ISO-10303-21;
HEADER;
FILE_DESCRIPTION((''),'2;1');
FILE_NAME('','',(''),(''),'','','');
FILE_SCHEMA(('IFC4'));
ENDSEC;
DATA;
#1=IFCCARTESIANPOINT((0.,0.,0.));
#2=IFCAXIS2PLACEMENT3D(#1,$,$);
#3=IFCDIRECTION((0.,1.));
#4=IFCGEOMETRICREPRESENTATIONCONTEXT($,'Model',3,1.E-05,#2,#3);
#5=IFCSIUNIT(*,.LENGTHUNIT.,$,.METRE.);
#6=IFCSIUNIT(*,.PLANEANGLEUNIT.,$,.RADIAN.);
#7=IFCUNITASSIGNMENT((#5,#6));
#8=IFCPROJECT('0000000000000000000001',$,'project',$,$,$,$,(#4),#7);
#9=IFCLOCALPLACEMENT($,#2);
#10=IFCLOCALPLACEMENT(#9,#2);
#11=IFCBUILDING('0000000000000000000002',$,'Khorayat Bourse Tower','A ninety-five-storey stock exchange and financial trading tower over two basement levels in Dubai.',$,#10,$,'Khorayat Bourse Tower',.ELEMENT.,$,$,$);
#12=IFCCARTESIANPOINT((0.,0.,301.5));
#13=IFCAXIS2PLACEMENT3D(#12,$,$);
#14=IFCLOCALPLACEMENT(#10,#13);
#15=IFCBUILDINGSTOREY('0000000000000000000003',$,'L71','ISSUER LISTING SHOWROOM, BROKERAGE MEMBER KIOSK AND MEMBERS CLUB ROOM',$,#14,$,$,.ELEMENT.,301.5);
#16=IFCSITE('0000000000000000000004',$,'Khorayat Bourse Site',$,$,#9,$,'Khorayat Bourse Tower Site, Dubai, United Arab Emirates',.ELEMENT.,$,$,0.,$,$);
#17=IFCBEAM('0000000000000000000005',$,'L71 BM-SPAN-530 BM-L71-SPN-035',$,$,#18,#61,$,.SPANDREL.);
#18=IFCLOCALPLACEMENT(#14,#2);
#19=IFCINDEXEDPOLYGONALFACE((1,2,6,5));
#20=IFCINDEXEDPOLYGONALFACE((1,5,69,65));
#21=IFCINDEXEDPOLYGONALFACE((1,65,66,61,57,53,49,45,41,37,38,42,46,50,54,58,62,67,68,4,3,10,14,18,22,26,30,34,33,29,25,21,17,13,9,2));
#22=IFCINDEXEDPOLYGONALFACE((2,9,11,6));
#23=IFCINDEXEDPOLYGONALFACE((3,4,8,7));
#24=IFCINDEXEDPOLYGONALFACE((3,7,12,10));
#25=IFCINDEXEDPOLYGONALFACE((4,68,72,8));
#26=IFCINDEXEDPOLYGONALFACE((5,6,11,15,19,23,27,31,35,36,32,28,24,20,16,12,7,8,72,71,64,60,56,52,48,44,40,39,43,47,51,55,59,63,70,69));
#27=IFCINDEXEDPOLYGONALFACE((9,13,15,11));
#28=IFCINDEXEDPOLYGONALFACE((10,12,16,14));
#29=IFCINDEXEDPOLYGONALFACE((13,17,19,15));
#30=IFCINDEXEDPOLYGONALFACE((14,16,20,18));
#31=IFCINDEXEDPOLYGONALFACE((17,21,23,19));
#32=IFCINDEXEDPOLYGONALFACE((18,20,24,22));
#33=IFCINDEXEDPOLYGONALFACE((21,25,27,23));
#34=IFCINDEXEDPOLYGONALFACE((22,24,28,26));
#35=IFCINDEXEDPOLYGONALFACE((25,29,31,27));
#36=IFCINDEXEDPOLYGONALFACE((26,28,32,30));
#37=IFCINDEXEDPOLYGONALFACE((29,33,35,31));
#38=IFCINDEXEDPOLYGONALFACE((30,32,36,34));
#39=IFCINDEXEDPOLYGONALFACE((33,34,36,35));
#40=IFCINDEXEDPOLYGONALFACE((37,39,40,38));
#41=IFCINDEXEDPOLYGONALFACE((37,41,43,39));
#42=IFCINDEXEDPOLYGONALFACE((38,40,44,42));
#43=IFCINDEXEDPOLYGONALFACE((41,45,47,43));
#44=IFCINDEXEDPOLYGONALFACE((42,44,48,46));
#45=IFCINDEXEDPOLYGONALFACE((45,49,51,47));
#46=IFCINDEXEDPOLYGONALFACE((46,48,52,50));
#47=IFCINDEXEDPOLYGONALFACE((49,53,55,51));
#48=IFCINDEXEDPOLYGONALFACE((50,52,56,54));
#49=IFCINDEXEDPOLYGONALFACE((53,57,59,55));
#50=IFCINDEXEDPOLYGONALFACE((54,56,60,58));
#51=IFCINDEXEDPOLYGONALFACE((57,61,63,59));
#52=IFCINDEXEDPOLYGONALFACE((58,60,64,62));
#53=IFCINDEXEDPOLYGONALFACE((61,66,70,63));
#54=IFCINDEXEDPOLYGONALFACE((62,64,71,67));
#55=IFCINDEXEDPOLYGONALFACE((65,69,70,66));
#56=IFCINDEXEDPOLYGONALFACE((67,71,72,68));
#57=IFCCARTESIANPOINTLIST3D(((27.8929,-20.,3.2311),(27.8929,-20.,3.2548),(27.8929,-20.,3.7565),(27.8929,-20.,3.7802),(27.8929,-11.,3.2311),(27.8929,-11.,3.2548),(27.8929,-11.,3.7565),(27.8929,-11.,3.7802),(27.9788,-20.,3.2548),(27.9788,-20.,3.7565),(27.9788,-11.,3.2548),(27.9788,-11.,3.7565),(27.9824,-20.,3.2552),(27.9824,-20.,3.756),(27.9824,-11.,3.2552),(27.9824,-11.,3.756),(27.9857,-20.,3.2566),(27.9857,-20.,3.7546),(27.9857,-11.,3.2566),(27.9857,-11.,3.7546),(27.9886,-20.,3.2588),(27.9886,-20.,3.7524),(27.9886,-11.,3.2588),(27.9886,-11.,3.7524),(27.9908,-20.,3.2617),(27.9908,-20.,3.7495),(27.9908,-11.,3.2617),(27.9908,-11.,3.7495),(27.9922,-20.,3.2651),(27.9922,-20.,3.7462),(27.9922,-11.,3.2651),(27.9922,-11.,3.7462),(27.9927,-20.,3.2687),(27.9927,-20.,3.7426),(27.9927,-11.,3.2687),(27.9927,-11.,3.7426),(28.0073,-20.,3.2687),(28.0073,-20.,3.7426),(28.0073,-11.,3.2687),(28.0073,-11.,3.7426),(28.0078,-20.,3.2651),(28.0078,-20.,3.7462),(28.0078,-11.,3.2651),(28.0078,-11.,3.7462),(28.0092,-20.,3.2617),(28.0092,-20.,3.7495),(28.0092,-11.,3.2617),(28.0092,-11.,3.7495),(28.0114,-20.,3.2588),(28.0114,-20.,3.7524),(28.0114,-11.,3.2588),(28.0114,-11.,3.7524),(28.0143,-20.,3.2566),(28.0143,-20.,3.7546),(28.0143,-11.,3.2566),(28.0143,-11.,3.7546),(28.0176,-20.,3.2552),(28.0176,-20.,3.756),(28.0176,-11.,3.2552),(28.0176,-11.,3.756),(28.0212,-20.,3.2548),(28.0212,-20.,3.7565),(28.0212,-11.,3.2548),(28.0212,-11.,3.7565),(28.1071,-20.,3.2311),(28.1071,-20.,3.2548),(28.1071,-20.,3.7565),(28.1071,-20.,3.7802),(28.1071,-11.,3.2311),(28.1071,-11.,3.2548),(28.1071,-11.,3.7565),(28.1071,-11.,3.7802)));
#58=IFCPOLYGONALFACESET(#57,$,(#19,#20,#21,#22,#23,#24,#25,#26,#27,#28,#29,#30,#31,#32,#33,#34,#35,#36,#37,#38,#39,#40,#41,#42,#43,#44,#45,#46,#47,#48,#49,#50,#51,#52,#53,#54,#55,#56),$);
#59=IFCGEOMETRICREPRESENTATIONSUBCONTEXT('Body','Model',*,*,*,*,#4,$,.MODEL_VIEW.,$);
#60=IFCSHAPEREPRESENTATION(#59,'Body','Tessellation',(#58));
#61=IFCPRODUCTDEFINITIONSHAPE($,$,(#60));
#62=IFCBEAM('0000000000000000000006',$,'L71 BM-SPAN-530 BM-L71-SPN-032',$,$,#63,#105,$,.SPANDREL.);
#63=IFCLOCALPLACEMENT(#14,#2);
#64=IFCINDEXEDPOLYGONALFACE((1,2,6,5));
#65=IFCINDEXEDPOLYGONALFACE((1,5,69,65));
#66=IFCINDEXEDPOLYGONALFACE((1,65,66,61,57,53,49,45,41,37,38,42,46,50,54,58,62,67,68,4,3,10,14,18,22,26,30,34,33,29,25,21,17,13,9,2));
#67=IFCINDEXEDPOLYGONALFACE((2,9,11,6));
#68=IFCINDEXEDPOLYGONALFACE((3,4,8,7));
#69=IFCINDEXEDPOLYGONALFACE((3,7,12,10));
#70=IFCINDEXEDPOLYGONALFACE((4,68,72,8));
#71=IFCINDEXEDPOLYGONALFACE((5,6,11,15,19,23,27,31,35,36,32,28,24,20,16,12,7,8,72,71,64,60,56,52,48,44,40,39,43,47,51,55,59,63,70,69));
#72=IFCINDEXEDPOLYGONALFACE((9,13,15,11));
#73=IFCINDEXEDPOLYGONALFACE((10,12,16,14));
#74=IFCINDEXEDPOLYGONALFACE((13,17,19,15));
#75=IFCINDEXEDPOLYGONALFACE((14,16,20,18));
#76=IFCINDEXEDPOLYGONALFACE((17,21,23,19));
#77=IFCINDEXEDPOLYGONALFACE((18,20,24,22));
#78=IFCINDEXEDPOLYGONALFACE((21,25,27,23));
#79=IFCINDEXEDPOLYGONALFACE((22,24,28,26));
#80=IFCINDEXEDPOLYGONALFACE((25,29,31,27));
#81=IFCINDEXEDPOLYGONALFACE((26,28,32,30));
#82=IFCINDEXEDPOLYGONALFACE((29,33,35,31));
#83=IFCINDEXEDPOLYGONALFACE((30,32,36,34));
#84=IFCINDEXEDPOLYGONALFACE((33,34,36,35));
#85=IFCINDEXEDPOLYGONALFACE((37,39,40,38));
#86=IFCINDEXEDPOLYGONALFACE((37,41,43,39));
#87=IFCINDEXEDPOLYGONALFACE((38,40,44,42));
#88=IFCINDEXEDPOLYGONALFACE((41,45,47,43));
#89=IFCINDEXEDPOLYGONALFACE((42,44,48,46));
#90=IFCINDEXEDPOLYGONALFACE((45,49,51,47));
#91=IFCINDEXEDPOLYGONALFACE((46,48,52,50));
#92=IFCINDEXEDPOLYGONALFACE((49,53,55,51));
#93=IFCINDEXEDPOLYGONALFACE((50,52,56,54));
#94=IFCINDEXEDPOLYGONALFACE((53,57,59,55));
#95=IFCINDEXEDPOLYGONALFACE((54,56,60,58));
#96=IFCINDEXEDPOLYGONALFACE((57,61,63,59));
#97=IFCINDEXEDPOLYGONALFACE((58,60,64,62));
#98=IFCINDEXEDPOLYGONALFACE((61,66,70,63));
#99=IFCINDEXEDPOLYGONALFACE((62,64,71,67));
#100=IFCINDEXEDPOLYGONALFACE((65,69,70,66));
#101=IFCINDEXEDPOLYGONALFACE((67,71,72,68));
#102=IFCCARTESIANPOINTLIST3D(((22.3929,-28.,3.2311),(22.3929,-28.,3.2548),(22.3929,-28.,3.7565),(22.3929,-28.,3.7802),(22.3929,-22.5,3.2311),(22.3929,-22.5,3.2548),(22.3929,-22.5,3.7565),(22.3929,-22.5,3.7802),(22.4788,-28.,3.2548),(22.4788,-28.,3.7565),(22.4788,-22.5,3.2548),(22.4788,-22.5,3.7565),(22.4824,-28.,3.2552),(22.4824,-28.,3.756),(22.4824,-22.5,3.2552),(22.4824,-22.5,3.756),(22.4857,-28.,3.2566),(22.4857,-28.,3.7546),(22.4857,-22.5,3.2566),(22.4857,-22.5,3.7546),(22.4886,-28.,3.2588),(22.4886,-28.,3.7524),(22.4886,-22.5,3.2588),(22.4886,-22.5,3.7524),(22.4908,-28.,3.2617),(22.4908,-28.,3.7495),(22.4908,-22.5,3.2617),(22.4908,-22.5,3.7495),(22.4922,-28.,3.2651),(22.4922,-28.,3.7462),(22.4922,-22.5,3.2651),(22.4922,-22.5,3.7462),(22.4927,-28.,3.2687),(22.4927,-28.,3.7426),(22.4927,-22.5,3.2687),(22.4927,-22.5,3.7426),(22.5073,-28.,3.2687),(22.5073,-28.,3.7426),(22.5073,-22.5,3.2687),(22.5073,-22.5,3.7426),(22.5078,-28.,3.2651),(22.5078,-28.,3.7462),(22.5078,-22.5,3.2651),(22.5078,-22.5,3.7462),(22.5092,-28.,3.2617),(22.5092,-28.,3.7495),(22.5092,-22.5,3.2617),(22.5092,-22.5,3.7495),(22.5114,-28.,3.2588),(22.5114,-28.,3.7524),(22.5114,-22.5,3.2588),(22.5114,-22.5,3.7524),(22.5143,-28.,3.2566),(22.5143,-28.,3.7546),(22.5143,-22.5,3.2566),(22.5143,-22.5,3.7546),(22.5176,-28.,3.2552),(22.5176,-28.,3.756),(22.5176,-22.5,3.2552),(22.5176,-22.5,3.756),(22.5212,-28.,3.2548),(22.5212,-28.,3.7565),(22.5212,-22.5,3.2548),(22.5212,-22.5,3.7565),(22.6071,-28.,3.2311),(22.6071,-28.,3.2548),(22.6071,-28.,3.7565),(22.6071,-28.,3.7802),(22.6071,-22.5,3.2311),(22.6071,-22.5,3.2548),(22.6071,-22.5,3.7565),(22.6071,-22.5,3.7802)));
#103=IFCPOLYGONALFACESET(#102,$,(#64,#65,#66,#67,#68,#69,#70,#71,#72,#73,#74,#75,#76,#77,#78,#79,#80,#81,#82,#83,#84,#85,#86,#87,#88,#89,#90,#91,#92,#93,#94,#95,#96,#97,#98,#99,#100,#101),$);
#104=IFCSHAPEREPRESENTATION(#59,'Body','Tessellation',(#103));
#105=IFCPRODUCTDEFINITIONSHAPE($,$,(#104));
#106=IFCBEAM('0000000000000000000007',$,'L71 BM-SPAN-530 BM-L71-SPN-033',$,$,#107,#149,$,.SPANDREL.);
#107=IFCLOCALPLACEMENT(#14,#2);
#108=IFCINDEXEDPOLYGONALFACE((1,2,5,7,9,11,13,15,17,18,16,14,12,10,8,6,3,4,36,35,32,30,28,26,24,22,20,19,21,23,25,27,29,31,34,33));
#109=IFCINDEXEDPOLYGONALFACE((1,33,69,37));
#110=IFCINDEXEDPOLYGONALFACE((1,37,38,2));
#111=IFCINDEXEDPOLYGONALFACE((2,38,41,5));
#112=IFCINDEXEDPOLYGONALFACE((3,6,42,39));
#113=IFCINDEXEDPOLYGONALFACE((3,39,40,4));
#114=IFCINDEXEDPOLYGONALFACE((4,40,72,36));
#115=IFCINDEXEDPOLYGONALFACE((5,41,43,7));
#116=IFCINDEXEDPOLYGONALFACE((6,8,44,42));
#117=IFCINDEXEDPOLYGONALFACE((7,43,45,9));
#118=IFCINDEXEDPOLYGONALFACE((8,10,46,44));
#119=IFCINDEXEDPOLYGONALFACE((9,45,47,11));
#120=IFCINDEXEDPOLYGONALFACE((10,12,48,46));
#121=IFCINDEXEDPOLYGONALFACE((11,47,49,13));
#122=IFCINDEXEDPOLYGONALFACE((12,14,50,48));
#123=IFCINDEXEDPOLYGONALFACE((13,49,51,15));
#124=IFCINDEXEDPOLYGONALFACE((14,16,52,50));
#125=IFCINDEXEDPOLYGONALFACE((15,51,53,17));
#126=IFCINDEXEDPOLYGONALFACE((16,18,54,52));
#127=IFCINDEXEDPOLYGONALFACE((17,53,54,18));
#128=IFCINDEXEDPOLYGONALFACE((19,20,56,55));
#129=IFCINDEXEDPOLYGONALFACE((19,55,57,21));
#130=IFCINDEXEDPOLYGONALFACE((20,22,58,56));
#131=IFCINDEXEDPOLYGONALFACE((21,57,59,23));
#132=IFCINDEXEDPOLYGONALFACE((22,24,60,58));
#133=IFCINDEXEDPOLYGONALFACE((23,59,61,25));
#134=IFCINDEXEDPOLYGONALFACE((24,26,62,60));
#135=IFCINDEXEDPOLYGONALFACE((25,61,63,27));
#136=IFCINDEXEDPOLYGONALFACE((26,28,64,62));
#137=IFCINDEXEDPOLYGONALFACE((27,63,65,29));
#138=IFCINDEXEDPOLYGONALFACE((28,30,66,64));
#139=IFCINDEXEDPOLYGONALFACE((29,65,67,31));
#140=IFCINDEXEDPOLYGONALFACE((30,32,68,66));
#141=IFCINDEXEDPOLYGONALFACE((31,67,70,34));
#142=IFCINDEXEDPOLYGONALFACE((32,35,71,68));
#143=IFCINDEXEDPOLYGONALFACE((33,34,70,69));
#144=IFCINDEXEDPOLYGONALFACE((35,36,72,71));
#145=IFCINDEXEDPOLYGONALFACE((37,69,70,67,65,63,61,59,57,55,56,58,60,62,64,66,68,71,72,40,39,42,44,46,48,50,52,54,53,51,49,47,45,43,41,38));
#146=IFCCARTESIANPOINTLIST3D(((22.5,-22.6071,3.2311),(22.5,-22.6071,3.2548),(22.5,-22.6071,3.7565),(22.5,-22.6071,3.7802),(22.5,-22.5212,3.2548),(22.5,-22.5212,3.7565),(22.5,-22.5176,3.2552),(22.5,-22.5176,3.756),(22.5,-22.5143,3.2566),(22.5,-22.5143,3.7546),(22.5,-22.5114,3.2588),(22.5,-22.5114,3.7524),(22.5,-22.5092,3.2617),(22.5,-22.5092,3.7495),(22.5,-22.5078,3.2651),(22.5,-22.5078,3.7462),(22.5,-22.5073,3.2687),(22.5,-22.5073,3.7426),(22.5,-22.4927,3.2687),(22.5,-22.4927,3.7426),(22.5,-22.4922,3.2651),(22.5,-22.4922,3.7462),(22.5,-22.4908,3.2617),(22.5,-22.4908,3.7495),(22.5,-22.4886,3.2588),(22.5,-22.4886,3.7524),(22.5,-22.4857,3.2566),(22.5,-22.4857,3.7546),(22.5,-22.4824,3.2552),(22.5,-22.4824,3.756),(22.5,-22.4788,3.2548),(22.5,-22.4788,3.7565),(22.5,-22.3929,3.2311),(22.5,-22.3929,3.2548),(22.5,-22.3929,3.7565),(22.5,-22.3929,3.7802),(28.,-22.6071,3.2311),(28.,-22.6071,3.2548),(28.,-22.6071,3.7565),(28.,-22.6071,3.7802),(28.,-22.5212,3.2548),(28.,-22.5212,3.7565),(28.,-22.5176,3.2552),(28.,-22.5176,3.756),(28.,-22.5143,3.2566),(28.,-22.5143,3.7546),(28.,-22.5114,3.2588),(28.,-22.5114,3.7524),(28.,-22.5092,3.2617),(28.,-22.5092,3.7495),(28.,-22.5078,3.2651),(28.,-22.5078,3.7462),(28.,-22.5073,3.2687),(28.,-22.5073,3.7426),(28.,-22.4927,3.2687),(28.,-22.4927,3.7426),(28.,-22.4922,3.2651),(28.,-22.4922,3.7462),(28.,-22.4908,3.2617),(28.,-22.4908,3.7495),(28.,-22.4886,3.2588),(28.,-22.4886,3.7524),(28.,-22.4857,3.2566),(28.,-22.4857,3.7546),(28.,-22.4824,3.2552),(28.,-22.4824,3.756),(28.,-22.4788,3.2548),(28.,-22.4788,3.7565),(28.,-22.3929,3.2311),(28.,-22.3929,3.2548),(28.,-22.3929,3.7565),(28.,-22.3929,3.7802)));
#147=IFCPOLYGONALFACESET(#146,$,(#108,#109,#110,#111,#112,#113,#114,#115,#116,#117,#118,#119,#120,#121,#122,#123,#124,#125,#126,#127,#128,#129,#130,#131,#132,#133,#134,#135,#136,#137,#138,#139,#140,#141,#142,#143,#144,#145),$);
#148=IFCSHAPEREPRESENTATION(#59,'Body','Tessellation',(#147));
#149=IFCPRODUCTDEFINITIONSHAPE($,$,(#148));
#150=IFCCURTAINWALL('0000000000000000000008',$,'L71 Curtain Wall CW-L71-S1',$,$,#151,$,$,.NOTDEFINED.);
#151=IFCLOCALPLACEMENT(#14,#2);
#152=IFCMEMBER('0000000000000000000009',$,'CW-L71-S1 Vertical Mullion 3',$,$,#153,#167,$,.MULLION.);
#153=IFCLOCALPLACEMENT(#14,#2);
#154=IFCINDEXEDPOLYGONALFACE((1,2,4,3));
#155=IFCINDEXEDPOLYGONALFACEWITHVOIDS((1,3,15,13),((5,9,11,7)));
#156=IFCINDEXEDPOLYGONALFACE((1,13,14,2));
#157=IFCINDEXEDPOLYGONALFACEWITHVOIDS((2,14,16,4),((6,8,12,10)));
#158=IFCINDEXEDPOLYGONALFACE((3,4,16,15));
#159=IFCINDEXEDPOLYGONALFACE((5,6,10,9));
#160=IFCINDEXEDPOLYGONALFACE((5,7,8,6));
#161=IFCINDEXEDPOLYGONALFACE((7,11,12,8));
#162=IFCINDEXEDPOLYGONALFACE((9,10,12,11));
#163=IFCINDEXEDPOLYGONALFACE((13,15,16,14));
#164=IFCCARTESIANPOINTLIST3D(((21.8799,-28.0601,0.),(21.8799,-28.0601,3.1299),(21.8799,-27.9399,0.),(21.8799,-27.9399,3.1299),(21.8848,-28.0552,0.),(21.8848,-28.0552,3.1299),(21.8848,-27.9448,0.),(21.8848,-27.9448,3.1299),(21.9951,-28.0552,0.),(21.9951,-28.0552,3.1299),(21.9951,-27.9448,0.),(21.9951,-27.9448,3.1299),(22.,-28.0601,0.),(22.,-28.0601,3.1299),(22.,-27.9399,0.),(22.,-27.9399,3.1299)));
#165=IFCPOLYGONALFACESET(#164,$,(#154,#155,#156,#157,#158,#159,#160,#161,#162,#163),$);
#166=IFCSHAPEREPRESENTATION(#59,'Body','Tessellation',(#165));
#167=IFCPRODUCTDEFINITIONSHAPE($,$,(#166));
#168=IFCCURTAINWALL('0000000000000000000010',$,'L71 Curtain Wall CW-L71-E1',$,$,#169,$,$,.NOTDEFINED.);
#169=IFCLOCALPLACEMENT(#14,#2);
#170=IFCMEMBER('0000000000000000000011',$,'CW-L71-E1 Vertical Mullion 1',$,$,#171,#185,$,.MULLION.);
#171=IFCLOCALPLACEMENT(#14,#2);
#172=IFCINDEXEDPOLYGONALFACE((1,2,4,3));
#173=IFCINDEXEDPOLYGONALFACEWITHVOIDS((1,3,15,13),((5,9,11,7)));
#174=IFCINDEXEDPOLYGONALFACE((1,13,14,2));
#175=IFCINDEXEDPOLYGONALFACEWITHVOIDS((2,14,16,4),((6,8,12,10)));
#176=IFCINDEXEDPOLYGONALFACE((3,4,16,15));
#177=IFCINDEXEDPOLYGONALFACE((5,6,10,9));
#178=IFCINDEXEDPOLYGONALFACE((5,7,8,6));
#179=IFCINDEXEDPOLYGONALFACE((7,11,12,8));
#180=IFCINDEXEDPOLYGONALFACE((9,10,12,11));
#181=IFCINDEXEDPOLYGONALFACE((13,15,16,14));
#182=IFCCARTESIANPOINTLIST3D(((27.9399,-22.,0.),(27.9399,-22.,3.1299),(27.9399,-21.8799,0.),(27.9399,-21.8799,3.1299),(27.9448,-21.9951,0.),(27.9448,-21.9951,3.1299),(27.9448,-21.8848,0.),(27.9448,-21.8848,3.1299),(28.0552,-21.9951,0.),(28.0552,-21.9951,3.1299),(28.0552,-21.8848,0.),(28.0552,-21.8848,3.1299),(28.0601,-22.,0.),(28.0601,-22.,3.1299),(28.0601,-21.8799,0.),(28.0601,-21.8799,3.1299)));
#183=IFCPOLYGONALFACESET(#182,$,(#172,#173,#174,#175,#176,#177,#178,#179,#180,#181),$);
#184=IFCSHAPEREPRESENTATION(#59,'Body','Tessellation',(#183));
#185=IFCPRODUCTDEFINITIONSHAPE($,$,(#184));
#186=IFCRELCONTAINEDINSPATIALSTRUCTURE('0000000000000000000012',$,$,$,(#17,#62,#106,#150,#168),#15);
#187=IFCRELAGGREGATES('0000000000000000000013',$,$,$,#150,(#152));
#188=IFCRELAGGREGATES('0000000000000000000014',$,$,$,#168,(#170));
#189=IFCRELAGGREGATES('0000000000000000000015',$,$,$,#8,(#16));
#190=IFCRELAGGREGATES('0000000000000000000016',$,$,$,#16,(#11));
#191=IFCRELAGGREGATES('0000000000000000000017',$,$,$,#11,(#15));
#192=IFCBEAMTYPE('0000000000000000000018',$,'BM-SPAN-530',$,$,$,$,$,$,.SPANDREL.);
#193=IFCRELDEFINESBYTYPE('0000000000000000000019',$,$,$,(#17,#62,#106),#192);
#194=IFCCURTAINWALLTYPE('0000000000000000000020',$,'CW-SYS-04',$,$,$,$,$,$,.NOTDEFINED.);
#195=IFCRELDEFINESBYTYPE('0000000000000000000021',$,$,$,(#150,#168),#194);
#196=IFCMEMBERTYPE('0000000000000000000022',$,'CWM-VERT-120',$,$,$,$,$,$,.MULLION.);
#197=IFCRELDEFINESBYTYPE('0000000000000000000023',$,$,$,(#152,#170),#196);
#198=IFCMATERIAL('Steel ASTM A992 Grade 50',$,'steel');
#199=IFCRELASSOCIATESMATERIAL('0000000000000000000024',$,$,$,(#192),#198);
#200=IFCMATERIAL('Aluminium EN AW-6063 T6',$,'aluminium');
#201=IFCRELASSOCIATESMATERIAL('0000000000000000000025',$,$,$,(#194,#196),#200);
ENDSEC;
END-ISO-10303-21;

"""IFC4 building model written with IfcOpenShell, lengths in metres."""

from ifc_helpers import new_model, si_unit, direction, frame, origin, origin_2d, place, context, subcontext, project, spatial, hollow_rectangle, i_section, extrude, source, transform, mapped, material, material_profile, profile_set, type_object, element, aggregate, save


model = new_model("IFC4")

# Units and contexts
model_context = context("Model", 3, precision=1e-05, world=origin(), true_north=direction((0.0, 1.0)))
body_context = subcontext(model_context, "Body", "Model", "MODEL_VIEW")
ifc_project = project(units=[si_unit("LENGTHUNIT", "METRE"), si_unit("PLANEANGLEUNIT", "RADIAN")], contexts=[model_context])

# Site, building, storey
site_placement = place(None, origin())
site = spatial("IfcSite", under=ifc_project, at=site_placement, Name="Khorayat Bourse Site", LongName="Khorayat Bourse Tower Site, Dubai, United Arab Emirates", CompositionType="ELEMENT", RefElevation=0.0)
building_placement = place(site_placement, origin())
building = spatial("IfcBuilding", under=site, at=building_placement, Name="Khorayat Bourse Tower", Description="A ninety-five-storey stock exchange and financial trading tower over two basement levels in Dubai.", LongName="Khorayat Bourse Tower", CompositionType="ELEMENT")
storey_placement = place(building_placement, frame((0.0, 0.0, 301.5)))
storey = spatial("IfcBuildingStorey", under=building, at=storey_placement, Name="L71", Description="ISSUER LISTING SHOWROOM, BROKERAGE MEMBER KIOSK AND MEMBERS CLUB ROOM", CompositionType="ELEMENT", Elevation=301.5)

# Beams
ifc_material_1 = material(Name="Steel ASTM A992 Grade 50", Category="steel")
ifc_material_profile_1 = material_profile(ifc_material_1, i_section(OverallWidth=0.2141, OverallDepth=0.5491, WebThickness=0.0146, FlangeThickness=0.0237, FilletRadius=0.0139, at=origin_2d()), Name="W530X138")
ifc_profile_set_1 = profile_set([ifc_material_profile_1], Name="Steel ASTM A992 Grade 50")
beam_type_1 = type_object("IfcBeamType", Name="BM-SPAN-530", PredefinedType="SPANDREL", material=ifc_profile_set_1)
shared_shape_1 = source(origin(), body_context, "Body", "SweptSolid", [
    extrude(i_section(OverallWidth=0.2141, OverallDepth=0.5491, WebThickness=0.0146, FlangeThickness=0.0237, FilletRadius=0.0139, at=origin_2d()), origin(), (0.0, 0.0, 1.0), 9.0),
])
beam_1_placement = place(storey_placement, frame((28.0, -20.0, 3.5056), z_axis=(0.0, 1.0, 0.0), x_axis=(-1.0, 0.0, 0.0)))
element("IfcBeam", 1, at=beam_1_placement, inside=storey, type_object=beam_type_1, Name="L71 BM-SPAN-530 BM-L71-SPN-035", PredefinedType="SPANDREL", context=body_context, shape_type="MappedRepresentation", body=[
    mapped(shared_shape_1, transform((0.0, 0.0, 0.0), scale=1.0)),
])
shared_shape_2 = source(origin(), body_context, "Body", "SweptSolid", [
    extrude(i_section(OverallWidth=0.2141, OverallDepth=0.5491, WebThickness=0.0146, FlangeThickness=0.0237, FilletRadius=0.0139, at=origin_2d()), origin(), (0.0, 0.0, 1.0), 5.5),
])
for number, where, z_axis, x_axis, name in (
    (2, (22.5, -28.0, 3.5056), (0.0, 1.0, 0.0), (-1.0, 0.0, 0.0), "L71 BM-SPAN-530 BM-L71-SPN-032"),
    (3, (22.5, -22.5, 3.5056), (1.0, 0.0, 0.0), (0.0, 1.0, 0.0), "L71 BM-SPAN-530 BM-L71-SPN-033"),
):
    element("IfcBeam", number, at=place(storey_placement, frame(where, z_axis=z_axis, x_axis=x_axis)), inside=storey, type_object=beam_type_1, Name=name, PredefinedType="SPANDREL", context=body_context, shape_type="MappedRepresentation", body=[
        mapped(shared_shape_2, transform((0.0, 0.0, 0.0), scale=1.0)),
    ])

# Curtain walls, members
ifc_material_2 = material(Name="Aluminium EN AW-6063 T6", Category="aluminium")
curtain_wall_type = type_object("IfcCurtainWallType", Name="CW-SYS-04", PredefinedType="NOTDEFINED", material=ifc_material_2)
curtain_wall_1_placement = place(storey_placement, origin())
curtain_wall_1 = element("IfcCurtainWall", 4, at=curtain_wall_1_placement, inside=storey, type_object=curtain_wall_type, Name="L71 Curtain Wall CW-L71-S1", PredefinedType="NOTDEFINED")
ifc_material_profile_2 = material_profile(ifc_material_2, hollow_rectangle(XDim=0.1201, YDim=0.1201, WallThickness=0.0049, at=origin_2d()), Name="ALU 120x120x5")
ifc_profile_set_2 = profile_set([ifc_material_profile_2], Name="Aluminium EN AW-6063 T6")
member_type_1 = type_object("IfcMemberType", Name="CWM-VERT-120", PredefinedType="MULLION", material=ifc_profile_set_2)
shared_shape_3 = source(origin(), body_context, "Body", "SweptSolid", [
    extrude(hollow_rectangle(XDim=0.1201, YDim=0.1201, WallThickness=0.0049, at=origin_2d()), origin(), (0.0, 0.0, 1.0), 3.1299),
])
member_1_placement = place(storey_placement, frame((21.9399, -28.0, 0.0), z_axis=(0.0, 0.0, 1.0), x_axis=(0.0, 1.0, 0.0)))
member_1 = element("IfcMember", 5, at=member_1_placement, type_object=member_type_1, Name="CW-L71-S1 Vertical Mullion 3", PredefinedType="MULLION", context=body_context, shape_type="MappedRepresentation", body=[
    mapped(shared_shape_3, transform((0.0, 0.0, 0.0), scale=1.0)),
])
curtain_wall_2_placement = place(storey_placement, origin())
curtain_wall_2 = element("IfcCurtainWall", 6, at=curtain_wall_2_placement, inside=storey, type_object=curtain_wall_type, Name="L71 Curtain Wall CW-L71-E1", PredefinedType="NOTDEFINED")
member_2_placement = place(storey_placement, frame((28.0, -21.9399, 0.0), z_axis=(0.0, 0.0, 1.0), x_axis=(-1.0, 0.0, 0.0)))
member_2 = element("IfcMember", 7, at=member_2_placement, type_object=member_type_1, Name="CW-L71-E1 Vertical Mullion 1", PredefinedType="MULLION", context=body_context, shape_type="MappedRepresentation", body=[
    mapped(shared_shape_3, transform((0.0, 0.0, 0.0), scale=1.0)),
])

aggregate(curtain_wall_1, [member_1])
aggregate(curtain_wall_2, [member_2])

save(model, "model.ifc")
